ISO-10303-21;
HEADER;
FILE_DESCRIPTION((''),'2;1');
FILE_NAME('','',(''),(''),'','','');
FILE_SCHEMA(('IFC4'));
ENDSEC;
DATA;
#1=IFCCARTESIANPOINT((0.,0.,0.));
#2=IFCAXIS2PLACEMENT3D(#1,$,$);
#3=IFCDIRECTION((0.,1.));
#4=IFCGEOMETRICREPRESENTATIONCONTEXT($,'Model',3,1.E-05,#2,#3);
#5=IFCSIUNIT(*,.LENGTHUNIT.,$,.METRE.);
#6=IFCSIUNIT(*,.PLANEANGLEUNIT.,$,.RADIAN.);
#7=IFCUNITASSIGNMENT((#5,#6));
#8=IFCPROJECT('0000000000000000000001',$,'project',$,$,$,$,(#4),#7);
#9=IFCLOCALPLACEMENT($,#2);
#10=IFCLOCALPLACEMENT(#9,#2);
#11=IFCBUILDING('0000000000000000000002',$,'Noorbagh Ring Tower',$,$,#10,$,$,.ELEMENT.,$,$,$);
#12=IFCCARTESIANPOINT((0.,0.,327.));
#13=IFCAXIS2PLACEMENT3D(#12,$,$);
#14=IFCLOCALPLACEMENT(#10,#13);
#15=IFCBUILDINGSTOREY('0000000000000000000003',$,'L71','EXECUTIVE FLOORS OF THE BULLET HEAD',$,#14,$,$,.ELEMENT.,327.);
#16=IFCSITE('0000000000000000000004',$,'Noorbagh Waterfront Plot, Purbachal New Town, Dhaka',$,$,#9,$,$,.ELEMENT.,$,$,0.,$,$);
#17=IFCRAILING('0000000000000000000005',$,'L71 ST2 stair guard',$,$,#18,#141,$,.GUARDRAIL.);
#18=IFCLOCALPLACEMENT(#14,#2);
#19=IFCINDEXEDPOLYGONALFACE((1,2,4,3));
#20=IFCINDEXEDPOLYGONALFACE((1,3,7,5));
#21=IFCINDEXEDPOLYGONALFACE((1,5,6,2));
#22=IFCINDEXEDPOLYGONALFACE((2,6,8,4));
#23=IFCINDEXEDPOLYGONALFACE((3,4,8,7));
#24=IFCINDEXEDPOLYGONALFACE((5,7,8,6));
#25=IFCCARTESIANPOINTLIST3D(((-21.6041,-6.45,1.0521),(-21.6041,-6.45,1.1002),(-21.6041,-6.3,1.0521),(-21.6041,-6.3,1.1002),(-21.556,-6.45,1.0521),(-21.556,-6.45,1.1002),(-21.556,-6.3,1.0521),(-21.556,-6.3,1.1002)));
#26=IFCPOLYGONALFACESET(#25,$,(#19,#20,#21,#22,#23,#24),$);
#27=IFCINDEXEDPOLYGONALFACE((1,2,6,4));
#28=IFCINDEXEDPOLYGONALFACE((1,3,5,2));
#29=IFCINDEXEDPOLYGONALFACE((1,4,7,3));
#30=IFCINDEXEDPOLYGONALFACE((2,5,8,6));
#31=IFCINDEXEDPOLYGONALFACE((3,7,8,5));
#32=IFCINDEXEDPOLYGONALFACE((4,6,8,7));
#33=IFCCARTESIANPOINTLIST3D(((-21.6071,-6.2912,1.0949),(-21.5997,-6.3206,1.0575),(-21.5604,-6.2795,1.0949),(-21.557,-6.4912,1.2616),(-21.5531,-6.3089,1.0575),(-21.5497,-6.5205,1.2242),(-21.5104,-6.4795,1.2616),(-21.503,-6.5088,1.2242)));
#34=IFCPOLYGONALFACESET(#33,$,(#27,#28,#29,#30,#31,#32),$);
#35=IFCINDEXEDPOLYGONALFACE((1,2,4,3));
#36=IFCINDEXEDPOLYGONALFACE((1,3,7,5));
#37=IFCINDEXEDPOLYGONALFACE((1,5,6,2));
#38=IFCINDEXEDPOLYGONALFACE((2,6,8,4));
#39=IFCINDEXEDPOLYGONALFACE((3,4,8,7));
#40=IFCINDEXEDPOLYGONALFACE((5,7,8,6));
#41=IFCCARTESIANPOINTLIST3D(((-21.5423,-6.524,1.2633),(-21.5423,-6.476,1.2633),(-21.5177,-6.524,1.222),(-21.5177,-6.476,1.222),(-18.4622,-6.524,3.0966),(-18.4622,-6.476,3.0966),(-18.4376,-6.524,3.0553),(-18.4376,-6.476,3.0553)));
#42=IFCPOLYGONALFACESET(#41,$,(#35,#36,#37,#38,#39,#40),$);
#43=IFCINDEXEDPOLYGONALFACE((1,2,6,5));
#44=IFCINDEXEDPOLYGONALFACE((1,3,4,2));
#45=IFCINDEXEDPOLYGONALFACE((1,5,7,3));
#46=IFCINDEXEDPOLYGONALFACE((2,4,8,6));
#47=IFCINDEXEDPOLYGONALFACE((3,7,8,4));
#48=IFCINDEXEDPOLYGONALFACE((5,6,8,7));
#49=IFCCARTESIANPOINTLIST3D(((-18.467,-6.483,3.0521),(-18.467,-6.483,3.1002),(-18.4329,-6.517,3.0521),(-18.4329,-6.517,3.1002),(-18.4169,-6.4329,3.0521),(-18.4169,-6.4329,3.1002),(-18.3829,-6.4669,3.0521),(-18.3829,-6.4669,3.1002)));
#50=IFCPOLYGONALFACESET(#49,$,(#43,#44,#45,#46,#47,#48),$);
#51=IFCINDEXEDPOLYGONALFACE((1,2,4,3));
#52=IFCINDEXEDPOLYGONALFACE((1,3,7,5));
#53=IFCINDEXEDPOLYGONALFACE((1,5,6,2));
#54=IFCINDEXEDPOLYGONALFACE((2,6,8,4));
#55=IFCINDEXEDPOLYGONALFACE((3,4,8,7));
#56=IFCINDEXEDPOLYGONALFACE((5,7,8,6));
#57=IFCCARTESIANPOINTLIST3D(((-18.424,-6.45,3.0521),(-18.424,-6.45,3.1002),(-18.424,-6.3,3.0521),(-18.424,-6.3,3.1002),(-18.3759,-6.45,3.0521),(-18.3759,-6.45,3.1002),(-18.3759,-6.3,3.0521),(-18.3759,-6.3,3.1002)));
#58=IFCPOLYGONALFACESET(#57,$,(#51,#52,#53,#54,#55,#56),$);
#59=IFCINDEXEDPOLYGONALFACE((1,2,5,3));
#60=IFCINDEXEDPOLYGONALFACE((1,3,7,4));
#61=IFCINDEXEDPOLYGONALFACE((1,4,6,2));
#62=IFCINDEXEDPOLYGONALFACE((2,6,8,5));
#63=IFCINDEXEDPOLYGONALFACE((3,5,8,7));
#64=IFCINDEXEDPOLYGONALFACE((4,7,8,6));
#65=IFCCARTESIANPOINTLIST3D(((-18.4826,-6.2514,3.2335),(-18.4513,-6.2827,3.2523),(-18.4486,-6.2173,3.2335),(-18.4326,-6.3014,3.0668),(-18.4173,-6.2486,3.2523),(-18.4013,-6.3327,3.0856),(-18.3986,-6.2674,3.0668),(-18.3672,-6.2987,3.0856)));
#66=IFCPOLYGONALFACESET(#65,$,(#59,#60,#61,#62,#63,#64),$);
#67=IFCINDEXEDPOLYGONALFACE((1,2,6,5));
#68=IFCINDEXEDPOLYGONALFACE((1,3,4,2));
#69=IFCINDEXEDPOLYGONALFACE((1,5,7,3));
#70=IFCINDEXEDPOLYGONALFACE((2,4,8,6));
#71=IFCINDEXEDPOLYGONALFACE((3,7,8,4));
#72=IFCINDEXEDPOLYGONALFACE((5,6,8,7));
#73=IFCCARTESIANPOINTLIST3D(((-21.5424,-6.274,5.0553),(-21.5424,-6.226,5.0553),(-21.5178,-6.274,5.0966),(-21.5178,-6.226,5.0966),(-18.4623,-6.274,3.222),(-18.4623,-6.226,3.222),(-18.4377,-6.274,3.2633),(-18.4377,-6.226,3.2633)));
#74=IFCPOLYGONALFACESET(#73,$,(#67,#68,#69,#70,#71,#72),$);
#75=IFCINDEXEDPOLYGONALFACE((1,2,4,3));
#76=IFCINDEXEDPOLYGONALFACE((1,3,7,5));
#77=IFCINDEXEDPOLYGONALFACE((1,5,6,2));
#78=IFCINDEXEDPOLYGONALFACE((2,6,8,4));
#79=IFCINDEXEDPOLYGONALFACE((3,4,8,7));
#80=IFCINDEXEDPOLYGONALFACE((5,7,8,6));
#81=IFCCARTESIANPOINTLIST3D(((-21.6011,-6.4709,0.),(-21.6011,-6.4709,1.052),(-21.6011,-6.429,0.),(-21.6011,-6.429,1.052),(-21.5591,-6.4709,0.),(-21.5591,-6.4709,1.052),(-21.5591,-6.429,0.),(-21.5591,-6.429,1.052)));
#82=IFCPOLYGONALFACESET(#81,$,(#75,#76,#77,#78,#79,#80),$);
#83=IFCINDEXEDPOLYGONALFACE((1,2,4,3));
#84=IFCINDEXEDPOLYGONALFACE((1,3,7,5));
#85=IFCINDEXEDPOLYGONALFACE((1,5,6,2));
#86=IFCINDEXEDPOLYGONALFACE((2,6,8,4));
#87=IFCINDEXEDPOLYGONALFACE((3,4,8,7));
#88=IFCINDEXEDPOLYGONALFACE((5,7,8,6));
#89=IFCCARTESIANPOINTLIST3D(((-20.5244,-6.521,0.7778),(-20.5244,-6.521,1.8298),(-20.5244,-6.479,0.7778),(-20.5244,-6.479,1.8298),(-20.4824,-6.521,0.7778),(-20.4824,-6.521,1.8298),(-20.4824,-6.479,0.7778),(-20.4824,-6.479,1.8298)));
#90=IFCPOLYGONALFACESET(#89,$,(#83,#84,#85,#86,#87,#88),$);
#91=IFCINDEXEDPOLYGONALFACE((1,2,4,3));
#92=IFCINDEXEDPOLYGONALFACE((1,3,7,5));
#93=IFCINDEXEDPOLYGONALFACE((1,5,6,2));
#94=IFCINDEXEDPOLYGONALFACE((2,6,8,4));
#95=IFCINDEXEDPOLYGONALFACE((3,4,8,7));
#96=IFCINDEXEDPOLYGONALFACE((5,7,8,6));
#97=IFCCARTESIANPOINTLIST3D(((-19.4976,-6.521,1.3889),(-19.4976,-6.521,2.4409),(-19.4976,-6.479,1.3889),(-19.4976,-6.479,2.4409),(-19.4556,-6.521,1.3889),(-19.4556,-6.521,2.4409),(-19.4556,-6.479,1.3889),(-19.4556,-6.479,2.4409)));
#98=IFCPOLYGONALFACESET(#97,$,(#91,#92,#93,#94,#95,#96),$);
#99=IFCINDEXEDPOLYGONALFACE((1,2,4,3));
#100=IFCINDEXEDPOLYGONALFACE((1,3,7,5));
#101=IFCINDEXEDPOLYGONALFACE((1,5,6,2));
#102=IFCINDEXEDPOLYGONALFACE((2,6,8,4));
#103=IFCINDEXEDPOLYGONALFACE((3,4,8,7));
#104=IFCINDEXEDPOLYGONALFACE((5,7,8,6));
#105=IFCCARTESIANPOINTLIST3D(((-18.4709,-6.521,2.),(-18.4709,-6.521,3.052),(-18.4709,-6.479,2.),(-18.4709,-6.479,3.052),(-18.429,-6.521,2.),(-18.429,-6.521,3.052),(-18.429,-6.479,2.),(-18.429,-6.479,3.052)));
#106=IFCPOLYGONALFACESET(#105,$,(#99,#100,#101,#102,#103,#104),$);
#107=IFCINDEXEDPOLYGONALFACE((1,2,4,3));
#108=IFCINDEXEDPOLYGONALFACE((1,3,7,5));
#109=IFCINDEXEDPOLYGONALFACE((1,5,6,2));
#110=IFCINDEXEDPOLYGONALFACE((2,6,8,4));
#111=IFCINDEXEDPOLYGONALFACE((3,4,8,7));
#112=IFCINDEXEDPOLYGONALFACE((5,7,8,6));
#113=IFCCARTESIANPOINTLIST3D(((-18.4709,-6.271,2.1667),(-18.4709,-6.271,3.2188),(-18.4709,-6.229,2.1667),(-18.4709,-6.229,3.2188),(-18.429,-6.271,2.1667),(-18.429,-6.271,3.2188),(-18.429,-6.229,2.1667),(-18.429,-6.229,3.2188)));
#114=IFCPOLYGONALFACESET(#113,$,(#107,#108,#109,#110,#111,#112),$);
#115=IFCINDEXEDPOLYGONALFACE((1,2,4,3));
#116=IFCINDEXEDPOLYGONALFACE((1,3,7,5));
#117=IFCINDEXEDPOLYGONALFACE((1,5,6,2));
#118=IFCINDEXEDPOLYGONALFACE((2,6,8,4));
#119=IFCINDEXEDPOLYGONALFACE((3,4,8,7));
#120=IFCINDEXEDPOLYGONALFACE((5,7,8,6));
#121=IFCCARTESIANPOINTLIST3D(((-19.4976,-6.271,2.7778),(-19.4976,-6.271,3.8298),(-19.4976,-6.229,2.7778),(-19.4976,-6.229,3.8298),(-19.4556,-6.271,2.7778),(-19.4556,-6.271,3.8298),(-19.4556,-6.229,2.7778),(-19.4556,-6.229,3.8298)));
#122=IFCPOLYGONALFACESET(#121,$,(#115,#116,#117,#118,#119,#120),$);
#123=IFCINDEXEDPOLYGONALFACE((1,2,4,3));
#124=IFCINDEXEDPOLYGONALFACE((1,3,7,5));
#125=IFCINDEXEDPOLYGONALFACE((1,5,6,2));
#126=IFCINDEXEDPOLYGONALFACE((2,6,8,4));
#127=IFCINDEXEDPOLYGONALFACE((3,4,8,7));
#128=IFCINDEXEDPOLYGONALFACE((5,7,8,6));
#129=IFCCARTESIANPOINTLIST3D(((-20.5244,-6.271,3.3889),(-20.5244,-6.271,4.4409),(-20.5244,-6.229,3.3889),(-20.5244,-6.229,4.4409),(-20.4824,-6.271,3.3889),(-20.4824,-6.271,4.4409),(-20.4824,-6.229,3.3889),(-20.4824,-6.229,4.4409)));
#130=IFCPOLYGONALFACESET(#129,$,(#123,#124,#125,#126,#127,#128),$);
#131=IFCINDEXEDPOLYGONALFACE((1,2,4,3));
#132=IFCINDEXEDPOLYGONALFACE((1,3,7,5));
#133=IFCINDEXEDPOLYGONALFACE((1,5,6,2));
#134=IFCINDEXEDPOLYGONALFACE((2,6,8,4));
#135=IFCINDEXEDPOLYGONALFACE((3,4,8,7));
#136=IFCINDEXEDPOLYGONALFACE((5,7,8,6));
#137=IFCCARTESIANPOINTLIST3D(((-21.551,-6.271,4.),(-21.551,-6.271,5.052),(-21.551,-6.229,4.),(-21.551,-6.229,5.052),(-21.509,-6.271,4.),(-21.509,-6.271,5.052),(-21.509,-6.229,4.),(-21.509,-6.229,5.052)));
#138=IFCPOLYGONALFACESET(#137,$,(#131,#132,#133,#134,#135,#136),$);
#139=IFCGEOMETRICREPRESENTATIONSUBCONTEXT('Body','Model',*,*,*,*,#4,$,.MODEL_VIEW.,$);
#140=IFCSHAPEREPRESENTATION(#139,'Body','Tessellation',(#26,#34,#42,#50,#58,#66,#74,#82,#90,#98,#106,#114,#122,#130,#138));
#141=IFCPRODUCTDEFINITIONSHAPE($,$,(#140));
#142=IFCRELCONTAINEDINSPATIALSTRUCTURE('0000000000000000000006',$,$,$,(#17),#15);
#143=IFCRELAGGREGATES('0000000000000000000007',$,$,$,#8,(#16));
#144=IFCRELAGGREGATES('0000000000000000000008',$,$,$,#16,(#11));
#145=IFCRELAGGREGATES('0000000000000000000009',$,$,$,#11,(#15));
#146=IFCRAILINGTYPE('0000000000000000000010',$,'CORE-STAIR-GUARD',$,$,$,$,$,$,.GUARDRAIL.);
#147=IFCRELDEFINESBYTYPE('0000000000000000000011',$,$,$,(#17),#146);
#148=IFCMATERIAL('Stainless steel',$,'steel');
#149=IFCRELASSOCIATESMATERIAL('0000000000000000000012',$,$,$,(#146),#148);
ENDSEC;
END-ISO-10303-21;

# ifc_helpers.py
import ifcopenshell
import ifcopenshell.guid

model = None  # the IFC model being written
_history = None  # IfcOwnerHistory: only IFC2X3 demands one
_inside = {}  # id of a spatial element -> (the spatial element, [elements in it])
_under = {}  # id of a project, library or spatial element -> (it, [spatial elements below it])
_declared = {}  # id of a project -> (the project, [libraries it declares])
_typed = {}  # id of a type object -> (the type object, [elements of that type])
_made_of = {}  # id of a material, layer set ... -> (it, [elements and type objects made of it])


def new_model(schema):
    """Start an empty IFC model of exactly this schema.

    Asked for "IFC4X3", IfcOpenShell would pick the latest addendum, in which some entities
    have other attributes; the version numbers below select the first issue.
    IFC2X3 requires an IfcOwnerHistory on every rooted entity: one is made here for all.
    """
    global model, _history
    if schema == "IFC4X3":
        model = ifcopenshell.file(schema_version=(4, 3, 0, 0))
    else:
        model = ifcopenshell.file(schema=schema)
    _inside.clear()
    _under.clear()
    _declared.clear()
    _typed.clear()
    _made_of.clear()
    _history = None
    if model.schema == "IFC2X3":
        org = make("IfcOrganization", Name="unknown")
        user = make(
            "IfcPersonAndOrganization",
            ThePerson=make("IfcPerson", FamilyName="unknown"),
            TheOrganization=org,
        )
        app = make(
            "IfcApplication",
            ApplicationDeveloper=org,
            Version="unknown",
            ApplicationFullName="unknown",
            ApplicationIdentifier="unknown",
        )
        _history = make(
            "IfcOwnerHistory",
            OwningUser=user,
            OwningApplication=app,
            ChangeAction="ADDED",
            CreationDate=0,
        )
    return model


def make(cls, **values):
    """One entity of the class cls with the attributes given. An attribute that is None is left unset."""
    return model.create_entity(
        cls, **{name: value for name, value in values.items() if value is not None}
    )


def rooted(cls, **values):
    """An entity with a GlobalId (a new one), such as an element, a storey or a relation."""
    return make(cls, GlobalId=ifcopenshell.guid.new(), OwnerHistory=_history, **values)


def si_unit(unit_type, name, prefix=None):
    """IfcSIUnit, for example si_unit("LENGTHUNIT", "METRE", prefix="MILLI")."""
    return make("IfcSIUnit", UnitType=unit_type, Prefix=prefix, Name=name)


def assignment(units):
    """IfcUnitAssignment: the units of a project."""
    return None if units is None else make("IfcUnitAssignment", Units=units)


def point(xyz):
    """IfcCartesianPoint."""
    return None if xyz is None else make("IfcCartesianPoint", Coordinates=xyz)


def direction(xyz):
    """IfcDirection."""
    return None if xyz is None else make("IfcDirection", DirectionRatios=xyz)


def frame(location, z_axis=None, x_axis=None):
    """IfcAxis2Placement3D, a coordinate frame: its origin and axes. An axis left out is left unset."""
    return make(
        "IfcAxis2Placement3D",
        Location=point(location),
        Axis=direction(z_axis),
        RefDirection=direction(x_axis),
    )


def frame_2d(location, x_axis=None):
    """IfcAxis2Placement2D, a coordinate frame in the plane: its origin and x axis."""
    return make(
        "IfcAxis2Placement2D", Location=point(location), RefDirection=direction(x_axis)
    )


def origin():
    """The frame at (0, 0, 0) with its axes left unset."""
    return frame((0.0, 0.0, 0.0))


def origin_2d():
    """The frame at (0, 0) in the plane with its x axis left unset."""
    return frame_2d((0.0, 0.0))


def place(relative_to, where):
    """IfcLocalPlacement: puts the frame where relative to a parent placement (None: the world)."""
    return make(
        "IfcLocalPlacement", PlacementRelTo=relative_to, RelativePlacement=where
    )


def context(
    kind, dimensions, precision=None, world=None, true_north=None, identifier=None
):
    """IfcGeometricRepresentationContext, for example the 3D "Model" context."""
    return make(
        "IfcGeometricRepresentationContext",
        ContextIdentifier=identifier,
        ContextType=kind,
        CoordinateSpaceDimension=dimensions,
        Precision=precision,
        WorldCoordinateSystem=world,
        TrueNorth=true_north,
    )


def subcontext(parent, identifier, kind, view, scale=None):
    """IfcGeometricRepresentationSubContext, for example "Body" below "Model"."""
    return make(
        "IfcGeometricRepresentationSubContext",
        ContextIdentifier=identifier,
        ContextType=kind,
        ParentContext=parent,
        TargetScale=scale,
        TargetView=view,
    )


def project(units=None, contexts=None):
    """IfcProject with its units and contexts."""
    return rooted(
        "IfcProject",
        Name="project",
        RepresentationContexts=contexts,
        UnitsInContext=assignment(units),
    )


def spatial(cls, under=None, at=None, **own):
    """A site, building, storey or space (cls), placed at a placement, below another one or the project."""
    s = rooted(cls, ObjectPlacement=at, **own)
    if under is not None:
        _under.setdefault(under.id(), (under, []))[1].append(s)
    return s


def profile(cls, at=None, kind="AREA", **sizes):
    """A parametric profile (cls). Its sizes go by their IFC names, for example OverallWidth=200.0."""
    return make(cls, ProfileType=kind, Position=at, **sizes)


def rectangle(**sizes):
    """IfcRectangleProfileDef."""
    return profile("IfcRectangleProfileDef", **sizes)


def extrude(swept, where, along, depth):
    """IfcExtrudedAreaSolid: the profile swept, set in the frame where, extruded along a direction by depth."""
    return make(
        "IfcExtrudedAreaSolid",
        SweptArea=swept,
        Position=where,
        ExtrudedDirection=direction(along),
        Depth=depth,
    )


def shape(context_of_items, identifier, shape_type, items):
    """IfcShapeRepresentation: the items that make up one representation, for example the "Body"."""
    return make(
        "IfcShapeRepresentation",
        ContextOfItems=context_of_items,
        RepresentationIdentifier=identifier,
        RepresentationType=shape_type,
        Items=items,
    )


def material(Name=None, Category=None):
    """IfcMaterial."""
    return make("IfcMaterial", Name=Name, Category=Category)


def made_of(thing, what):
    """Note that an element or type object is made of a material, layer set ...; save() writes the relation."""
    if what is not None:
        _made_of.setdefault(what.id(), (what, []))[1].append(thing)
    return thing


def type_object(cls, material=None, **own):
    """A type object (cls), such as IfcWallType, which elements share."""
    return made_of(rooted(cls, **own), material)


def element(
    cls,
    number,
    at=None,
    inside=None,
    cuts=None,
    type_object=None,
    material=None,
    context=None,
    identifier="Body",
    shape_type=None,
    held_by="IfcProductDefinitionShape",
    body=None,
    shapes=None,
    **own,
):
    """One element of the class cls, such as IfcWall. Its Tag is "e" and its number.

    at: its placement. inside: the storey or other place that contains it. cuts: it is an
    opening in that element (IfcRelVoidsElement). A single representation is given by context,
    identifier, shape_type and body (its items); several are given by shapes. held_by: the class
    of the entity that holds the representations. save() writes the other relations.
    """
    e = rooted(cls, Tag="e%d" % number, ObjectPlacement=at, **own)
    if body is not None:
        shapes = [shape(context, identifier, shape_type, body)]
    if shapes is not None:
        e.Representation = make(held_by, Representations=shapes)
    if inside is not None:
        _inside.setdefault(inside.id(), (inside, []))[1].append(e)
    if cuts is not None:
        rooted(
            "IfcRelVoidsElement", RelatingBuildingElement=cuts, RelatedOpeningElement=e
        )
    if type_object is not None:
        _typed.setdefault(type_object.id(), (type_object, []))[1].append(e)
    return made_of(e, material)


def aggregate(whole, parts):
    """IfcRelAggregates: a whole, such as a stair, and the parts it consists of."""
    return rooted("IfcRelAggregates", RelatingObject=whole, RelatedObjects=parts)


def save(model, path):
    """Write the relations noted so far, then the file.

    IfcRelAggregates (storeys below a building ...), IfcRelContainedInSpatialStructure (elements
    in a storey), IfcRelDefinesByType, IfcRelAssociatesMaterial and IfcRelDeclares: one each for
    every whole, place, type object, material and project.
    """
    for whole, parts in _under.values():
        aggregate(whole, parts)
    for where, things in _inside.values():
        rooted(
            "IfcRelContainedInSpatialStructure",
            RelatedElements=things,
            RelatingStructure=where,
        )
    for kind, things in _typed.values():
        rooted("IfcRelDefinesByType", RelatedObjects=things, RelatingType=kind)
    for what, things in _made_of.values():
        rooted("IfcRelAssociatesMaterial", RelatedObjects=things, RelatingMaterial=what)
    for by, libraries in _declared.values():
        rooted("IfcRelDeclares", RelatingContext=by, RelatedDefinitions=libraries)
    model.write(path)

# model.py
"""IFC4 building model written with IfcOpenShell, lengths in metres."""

from ifc_helpers import new_model, si_unit, direction, frame, origin, origin_2d, place, context, subcontext, project, spatial, rectangle, extrude, material, type_object, element, save


model = new_model("IFC4")

# Units and contexts
model_context = context("Model", 3, precision=1e-05, world=origin(), true_north=direction((0.0, 1.0)))
body_context = subcontext(model_context, "Body", "Model", "MODEL_VIEW")
ifc_project = project(units=[si_unit("LENGTHUNIT", "METRE"), si_unit("PLANEANGLEUNIT", "RADIAN")], contexts=[model_context])

# Site, building, storey
site_placement = place(None, origin())
site = spatial("IfcSite", under=ifc_project, at=site_placement, Name="Noorbagh Waterfront Plot, Purbachal New Town, Dhaka", CompositionType="ELEMENT", RefElevation=0.0)
building_placement = place(site_placement, origin())
building = spatial("IfcBuilding", under=site, at=building_placement, Name="Noorbagh Ring Tower", CompositionType="ELEMENT")
storey_placement = place(building_placement, frame((0.0, 0.0, 327.0)))
storey = spatial("IfcBuildingStorey", under=building, at=storey_placement, Name="L71", Description="EXECUTIVE FLOORS OF THE BULLET HEAD", CompositionType="ELEMENT", Elevation=327.0)

# Railing
ifc_material_1 = material(Name="Stainless steel", Category="steel")
railing_type_1 = type_object("IfcRailingType", Name="CORE-STAIR-GUARD", PredefinedType="GUARDRAIL", material=ifc_material_1)
railing_1_placement = place(storey_placement, frame((-21.5801, -6.45, 0.0)))
element("IfcRailing", 1, at=railing_1_placement, inside=storey, type_object=railing_type_1, Name="L71 ST2 stair guard", PredefinedType="GUARDRAIL", context=body_context, shape_type="SweptSolid", body=[
    extrude(rectangle(XDim=0.0481, YDim=0.0481, at=origin_2d()), frame((0.0, 0.0, 1.0762), z_axis=(0.0, 1.0, 0.0), x_axis=(-1.0, 0.0, 0.0)), (0.0, 0.0, 1.0), 0.1499),
    extrude(rectangle(XDim=0.0481, YDim=0.0481, at=origin_2d()), frame((0.0, 0.1499, 1.0762), z_axis=(0.188776, -0.754182, 0.628946), x_axis=(0.970073, 0.242814, 0.0)), (0.0, 0.0, 1.0), 0.2651),
    extrude(rectangle(XDim=0.0481, YDim=0.0481, at=origin_2d()), frame((0.05, -0.05, 1.2427), z_axis=(0.859309, 0.0, 0.511458), x_axis=(0.0, 1.0, 0.0)), (0.0, 0.0, 1.0), 3.5845),
    extrude(rectangle(XDim=0.0481, YDim=0.0481, at=origin_2d()), frame((3.1301, -0.05, 3.0762), z_axis=(0.707107, 0.707107, 0.0), x_axis=(-0.707107, 0.707107, 0.0)), (0.0, 0.0, 1.0), 0.0708),
    extrude(rectangle(XDim=0.0481, YDim=0.0481, at=origin_2d()), frame((3.1802, 0.0, 3.0762), z_axis=(0.0, 1.0, 0.0), x_axis=(-1.0, 0.0, 0.0)), (0.0, 0.0, 1.0), 0.1499),
    extrude(rectangle(XDim=0.0481, YDim=0.0481, at=origin_2d()), frame((3.1802, 0.1499, 3.0762), z_axis=(-0.276287, 0.276287, 0.920506), x_axis=(-0.707107, -0.707107, 0.0)), (0.0, 0.0, 1.0), 0.1812),
    extrude(rectangle(XDim=0.0481, YDim=0.0481, at=origin_2d()), frame((3.1301, 0.2, 3.2427), z_axis=(-0.859309, 0.0, 0.511458), x_axis=(0.0, -1.0, 0.0)), (0.0, 0.0, 1.0), 3.5845),
    extrude(rectangle(XDim=0.042, YDim=0.042, at=origin_2d()), origin(), (0.0, 0.0, 1.0), 1.052),
    extrude(rectangle(XDim=0.042, YDim=0.042, at=origin_2d()), frame((1.0767, -0.05, 0.7778)), (0.0, 0.0, 1.0), 1.052),
    extrude(rectangle(XDim=0.042, YDim=0.042, at=origin_2d()), frame((2.1035, -0.05, 1.3889)), (0.0, 0.0, 1.0), 1.052),
    extrude(rectangle(XDim=0.042, YDim=0.042, at=origin_2d()), frame((3.1301, -0.05, 2.0)), (0.0, 0.0, 1.0), 1.052),
    extrude(rectangle(XDim=0.042, YDim=0.042, at=origin_2d()), frame((3.1301, 0.2, 2.1667)), (0.0, 0.0, 1.0), 1.052),
    extrude(rectangle(XDim=0.042, YDim=0.042, at=origin_2d()), frame((2.1035, 0.2, 2.7778)), (0.0, 0.0, 1.0), 1.052),
    extrude(rectangle(XDim=0.042, YDim=0.042, at=origin_2d()), frame((1.0767, 0.2, 3.3889)), (0.0, 0.0, 1.0), 1.052),
    extrude(rectangle(XDim=0.042, YDim=0.042, at=origin_2d()), frame((0.05, 0.2, 4.0)), (0.0, 0.0, 1.0), 1.052),
])

save(model, "model.ifc")
